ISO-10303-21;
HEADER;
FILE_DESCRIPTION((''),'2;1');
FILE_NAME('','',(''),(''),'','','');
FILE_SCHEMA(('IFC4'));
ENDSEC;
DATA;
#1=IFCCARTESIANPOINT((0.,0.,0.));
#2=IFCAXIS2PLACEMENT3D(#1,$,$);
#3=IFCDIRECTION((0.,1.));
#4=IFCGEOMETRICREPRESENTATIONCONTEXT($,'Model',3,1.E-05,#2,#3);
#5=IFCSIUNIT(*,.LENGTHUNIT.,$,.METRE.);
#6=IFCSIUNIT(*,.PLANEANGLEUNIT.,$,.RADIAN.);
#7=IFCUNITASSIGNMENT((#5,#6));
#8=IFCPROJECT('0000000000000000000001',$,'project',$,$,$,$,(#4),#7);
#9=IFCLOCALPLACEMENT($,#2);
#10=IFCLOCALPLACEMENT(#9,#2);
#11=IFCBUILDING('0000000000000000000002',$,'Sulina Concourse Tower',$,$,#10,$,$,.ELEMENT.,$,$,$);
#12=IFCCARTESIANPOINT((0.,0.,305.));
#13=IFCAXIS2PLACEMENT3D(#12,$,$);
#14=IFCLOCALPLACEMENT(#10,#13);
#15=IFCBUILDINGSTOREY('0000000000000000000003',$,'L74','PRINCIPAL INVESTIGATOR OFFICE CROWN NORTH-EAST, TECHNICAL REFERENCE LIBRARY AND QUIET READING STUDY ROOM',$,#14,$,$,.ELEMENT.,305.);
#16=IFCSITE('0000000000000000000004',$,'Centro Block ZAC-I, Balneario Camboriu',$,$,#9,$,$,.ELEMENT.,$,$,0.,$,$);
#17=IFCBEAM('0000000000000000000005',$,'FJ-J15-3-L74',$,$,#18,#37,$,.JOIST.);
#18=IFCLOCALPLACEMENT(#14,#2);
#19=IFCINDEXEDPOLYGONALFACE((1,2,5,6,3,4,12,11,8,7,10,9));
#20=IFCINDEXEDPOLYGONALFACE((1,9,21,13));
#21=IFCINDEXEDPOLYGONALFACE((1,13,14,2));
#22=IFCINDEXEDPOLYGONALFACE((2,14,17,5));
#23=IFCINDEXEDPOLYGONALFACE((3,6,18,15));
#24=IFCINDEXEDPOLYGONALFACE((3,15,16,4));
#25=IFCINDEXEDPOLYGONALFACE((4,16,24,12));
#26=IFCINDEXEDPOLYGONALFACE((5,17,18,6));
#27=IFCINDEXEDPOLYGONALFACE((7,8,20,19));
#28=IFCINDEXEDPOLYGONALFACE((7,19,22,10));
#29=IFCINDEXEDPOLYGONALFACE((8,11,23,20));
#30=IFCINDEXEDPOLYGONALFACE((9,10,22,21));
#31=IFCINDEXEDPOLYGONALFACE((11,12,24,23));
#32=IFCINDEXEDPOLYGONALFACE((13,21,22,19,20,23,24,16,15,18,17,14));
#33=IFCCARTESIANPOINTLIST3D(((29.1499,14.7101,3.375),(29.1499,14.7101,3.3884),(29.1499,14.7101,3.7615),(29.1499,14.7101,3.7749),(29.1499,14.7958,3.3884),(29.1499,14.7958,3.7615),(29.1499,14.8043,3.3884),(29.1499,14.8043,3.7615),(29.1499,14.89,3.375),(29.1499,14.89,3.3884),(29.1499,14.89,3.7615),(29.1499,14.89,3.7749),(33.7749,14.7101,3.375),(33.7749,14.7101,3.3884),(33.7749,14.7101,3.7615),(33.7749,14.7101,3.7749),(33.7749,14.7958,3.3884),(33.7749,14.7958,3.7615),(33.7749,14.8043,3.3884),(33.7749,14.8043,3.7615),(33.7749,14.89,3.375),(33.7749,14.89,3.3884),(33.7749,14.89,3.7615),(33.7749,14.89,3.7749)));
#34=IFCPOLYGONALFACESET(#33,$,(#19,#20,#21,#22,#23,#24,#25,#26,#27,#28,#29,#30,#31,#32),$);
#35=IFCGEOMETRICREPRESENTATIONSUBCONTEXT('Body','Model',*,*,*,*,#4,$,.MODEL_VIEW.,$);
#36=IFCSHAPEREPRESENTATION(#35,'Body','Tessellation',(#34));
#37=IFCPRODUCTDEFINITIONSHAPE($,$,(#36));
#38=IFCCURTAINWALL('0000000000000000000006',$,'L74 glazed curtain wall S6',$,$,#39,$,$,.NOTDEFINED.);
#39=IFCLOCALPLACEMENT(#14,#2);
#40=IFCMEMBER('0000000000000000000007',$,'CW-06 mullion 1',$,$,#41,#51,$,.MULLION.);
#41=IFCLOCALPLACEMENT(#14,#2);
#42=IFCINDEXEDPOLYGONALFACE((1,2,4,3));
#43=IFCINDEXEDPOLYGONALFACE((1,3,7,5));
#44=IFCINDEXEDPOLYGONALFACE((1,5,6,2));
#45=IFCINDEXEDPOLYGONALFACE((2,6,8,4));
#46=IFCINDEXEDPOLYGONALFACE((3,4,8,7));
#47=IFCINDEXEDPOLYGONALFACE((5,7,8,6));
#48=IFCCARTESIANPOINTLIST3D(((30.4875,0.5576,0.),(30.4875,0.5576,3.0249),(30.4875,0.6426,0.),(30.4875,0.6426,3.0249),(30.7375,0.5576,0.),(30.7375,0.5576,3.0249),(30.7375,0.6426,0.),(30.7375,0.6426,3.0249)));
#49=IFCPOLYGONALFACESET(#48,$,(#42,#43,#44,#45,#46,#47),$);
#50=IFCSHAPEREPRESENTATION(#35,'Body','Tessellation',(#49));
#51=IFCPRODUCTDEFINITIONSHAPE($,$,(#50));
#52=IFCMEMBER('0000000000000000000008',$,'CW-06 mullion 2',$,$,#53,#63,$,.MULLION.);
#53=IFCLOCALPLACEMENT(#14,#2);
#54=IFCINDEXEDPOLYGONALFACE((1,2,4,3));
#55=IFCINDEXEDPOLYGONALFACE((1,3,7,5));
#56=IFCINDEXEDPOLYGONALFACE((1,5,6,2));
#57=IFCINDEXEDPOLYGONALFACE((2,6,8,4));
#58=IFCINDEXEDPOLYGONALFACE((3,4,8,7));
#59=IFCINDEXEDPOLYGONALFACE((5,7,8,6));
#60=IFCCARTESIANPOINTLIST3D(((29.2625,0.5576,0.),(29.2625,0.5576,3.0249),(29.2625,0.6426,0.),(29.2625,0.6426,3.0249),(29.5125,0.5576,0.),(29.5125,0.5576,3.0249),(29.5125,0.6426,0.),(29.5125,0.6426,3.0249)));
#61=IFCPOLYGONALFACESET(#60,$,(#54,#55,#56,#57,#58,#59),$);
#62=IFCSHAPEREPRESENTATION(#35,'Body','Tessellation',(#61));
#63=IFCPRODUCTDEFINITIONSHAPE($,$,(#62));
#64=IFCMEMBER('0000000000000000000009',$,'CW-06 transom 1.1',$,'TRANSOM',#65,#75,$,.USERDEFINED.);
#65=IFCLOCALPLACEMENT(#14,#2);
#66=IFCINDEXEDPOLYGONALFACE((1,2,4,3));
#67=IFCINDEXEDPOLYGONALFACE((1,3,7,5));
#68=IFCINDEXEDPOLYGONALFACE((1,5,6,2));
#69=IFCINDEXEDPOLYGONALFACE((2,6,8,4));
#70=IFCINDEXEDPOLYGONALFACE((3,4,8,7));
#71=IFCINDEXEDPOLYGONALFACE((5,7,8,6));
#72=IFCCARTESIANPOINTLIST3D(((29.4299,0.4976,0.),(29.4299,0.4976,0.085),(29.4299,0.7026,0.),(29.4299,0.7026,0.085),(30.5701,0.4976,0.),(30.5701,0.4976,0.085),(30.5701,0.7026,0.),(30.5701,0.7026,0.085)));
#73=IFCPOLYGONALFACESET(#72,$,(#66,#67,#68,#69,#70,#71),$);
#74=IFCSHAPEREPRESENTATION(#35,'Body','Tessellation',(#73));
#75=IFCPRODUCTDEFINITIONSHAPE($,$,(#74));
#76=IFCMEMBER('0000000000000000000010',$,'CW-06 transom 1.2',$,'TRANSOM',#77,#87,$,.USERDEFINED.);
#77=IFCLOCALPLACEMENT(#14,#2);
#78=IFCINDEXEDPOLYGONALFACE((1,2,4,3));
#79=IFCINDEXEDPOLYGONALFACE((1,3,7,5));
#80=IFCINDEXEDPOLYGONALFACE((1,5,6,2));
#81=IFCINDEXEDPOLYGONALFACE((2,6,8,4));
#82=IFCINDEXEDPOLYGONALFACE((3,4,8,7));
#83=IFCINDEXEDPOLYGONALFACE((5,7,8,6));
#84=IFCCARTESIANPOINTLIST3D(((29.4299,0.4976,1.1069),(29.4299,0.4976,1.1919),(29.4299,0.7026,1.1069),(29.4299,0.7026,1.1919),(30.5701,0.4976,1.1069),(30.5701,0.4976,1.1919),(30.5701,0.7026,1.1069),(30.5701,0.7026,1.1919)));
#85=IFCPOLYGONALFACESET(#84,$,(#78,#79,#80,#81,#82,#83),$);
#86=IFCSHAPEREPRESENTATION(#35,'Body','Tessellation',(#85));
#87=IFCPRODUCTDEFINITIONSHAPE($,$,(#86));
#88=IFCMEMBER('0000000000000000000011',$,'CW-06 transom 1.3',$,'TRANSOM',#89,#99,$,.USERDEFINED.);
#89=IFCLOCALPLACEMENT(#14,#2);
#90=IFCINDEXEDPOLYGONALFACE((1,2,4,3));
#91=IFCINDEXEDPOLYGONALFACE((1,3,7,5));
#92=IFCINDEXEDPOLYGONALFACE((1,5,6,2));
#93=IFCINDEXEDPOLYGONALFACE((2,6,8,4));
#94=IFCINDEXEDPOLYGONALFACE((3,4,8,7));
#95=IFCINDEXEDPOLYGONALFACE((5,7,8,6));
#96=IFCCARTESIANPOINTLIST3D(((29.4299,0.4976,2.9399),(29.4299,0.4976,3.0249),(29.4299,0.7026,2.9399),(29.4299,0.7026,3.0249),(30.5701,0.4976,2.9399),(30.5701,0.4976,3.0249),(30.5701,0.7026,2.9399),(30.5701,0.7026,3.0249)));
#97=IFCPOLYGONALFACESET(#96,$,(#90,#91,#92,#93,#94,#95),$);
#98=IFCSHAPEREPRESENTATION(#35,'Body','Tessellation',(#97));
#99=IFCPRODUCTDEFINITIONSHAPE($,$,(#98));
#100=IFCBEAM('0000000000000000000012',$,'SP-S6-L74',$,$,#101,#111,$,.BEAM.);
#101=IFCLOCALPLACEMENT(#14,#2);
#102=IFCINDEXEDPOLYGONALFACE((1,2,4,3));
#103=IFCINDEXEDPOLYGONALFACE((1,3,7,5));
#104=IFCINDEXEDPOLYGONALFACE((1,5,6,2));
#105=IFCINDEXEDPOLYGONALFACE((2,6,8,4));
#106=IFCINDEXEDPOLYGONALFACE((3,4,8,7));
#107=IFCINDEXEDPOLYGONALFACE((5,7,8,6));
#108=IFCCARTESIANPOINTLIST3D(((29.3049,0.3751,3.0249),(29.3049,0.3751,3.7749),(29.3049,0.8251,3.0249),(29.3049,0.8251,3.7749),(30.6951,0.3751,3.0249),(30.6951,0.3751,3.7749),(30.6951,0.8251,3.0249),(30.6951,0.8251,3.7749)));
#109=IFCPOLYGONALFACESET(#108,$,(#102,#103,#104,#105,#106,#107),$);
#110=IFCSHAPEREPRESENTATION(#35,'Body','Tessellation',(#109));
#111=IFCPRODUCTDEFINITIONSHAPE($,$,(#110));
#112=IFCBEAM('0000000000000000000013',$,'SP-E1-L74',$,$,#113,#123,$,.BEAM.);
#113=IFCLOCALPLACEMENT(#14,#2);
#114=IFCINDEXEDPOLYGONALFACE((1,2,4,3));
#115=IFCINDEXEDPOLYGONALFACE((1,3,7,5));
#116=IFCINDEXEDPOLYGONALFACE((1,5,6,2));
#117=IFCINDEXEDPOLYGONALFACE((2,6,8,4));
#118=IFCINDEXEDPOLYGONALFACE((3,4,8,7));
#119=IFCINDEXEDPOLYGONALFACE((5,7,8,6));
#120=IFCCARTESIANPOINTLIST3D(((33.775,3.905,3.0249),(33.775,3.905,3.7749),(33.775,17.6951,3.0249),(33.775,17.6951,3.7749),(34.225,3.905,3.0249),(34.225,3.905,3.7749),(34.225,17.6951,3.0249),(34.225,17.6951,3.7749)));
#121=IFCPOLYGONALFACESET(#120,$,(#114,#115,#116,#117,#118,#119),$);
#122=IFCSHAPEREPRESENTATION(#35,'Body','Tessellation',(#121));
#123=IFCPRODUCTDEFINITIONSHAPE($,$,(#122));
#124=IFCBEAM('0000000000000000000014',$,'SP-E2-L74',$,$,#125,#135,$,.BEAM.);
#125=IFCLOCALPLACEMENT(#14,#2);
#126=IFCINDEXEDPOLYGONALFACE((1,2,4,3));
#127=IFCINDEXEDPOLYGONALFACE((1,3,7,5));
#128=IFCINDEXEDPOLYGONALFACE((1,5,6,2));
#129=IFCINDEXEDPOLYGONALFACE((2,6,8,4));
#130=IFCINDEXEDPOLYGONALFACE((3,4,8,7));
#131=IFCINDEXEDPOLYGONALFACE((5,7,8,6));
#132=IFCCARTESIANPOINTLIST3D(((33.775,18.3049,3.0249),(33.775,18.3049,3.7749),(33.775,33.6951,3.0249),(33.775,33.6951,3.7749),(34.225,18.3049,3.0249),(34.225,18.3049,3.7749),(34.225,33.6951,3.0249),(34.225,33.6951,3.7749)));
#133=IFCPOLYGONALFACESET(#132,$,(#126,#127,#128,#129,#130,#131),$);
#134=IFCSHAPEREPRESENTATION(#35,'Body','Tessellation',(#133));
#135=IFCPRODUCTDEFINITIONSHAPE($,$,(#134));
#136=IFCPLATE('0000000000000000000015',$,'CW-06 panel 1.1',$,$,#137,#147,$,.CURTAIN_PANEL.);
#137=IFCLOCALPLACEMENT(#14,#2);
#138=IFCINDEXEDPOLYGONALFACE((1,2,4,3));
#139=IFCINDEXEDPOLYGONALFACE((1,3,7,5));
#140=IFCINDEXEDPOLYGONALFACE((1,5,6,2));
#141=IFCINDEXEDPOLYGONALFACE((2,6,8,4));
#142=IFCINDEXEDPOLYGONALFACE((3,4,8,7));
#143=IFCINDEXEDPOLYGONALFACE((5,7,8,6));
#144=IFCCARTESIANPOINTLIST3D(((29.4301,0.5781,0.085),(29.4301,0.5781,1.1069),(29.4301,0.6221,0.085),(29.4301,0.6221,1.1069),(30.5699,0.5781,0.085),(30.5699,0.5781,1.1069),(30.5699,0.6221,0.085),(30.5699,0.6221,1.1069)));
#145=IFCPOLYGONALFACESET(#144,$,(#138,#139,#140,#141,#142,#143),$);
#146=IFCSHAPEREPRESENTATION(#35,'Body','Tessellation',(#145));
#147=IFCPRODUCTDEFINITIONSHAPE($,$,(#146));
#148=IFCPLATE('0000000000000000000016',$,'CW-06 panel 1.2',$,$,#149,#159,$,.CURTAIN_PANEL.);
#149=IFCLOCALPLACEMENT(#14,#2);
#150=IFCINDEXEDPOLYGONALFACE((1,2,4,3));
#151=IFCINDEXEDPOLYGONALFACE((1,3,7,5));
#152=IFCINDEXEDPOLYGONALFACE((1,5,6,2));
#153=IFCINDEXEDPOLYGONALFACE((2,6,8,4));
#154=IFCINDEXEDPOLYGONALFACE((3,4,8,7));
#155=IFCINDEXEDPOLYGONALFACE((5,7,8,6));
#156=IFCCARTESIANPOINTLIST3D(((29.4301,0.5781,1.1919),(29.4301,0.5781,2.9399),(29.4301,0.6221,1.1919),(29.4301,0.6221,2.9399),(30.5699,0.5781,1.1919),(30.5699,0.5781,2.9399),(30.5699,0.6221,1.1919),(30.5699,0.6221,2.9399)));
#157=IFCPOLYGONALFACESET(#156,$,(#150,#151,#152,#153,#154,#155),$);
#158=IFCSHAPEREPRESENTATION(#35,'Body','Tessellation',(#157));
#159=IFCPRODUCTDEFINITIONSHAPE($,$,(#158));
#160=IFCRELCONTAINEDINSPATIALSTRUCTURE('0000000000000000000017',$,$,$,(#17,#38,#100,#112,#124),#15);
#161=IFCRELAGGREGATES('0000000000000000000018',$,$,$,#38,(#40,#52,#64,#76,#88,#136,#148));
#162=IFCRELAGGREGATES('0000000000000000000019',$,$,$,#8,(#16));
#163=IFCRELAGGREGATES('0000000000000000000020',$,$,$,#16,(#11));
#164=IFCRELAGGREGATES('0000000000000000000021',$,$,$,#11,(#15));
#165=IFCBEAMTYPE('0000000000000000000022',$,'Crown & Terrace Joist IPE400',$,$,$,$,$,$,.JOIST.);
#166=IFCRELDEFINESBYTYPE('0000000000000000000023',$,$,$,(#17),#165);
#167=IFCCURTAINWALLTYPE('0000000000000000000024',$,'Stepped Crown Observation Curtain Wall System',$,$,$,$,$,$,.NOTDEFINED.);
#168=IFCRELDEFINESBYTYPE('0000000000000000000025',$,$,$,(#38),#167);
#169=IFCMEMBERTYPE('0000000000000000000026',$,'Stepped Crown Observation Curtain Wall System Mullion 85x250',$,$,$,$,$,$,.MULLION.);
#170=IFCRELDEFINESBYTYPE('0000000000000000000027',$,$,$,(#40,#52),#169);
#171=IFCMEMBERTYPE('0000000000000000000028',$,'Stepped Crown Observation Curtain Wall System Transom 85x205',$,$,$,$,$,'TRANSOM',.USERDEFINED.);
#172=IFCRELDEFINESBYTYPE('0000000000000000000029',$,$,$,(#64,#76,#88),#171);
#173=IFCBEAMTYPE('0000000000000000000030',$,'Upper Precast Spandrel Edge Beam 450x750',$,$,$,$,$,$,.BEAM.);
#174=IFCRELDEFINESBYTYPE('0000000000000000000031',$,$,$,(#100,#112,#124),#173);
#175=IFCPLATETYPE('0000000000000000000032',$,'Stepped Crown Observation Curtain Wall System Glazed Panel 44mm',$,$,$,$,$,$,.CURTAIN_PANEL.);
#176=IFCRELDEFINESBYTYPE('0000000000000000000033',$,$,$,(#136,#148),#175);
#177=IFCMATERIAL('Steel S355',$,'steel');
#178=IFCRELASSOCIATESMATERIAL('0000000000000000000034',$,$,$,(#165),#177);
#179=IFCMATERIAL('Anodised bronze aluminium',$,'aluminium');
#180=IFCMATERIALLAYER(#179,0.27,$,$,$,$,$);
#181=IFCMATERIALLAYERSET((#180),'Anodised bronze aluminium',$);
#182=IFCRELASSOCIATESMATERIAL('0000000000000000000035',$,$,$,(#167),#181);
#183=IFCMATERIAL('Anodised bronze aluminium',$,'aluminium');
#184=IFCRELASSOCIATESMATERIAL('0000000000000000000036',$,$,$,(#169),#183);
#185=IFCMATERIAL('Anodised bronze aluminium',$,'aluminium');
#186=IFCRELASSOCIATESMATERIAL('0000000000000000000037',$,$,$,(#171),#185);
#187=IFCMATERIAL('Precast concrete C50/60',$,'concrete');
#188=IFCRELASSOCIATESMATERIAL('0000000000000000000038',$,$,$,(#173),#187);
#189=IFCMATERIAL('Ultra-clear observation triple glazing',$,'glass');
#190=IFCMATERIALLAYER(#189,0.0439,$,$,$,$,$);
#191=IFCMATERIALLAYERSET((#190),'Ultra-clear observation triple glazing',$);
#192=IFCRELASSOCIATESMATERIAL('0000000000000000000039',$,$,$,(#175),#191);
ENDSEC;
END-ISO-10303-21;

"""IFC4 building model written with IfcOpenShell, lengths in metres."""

from ifc_helpers import new_model, si_unit, direction, frame, origin, origin_2d, place, context, subcontext, project, spatial, rectangle, i_section, extrude, material, layer, layer_set, material_profile, profile_set, type_object, element, aggregate, save


model = new_model("IFC4")

# Units and contexts
model_context = context("Model", 3, precision=1e-05, world=origin(), true_north=direction((0.0, 1.0)))
body_context = subcontext(model_context, "Body", "Model", "MODEL_VIEW")
ifc_project = project(units=[si_unit("LENGTHUNIT", "METRE"), si_unit("PLANEANGLEUNIT", "RADIAN")], contexts=[model_context])

# Site, building, storey
site_placement = place(None, origin())
site = spatial("IfcSite", under=ifc_project, at=site_placement, Name="Centro Block ZAC-I, Balneario Camboriu", CompositionType="ELEMENT", RefElevation=0.0)
building_placement = place(site_placement, origin())
building = spatial("IfcBuilding", under=site, at=building_placement, Name="Sulina Concourse Tower", CompositionType="ELEMENT")
storey_placement = place(building_placement, frame((0.0, 0.0, 305.0)))
storey = spatial("IfcBuildingStorey", under=building, at=storey_placement, Name="L74", Description="PRINCIPAL INVESTIGATOR OFFICE CROWN NORTH-EAST, TECHNICAL REFERENCE LIBRARY AND QUIET READING STUDY ROOM", CompositionType="ELEMENT", Elevation=305.0)

# Beam
ifc_material_1 = material(Name="Steel S355", Category="steel")
ifc_material_profile_1 = material_profile(ifc_material_1, i_section(OverallWidth=0.1799, OverallDepth=0.3999, WebThickness=0.0085, FlangeThickness=0.0134, at=origin_2d()), Name="IPE 400")
ifc_profile_set_1 = profile_set([ifc_material_profile_1], Name="Steel S355")
beam_type_1 = type_object("IfcBeamType", Name="Crown & Terrace Joist IPE400", PredefinedType="JOIST", material=ifc_profile_set_1)
for number, where, z_axis, x_axis, name in (
    (1, (29.1499, 14.8, 3.575), (1.0, 0.0, 0.0), (0.0, 1.0, 0.0), "FJ-J15-3-L74"),
):
    element("IfcBeam", number, at=place(storey_placement, frame(where, z_axis=z_axis, x_axis=x_axis)), inside=storey, type_object=beam_type_1, Name=name, PredefinedType="JOIST", context=body_context, shape_type="SweptSolid", body=[
        extrude(i_section(OverallWidth=0.1799, OverallDepth=0.3999, WebThickness=0.0085, FlangeThickness=0.0134, at=origin_2d()), origin(), (0.0, 0.0, 1.0), 4.625),
    ])

# Curtain wall, members
ifc_material_2 = material(Name="Anodised bronze aluminium", Category="aluminium")
ifc_layer_1 = layer(ifc_material_2, 0.27)
ifc_layer_set_1 = layer_set([ifc_layer_1], Name="Anodised bronze aluminium")
curtain_wall_type = type_object("IfcCurtainWallType", Name="Stepped Crown Observation Curtain Wall System", PredefinedType="NOTDEFINED", material=ifc_layer_set_1)
curtain_wall_placement = place(storey_placement, origin())
curtain_wall = element("IfcCurtainWall", 2, at=curtain_wall_placement, inside=storey, type_object=curtain_wall_type, Name="L74 glazed curtain wall S6", PredefinedType="NOTDEFINED")
ifc_material_3 = material(Name="Anodised bronze aluminium", Category="aluminium")
ifc_material_profile_2 = material_profile(ifc_material_3, rectangle(XDim=0.085, YDim=0.25, at=origin_2d()), Name="MUL 85x250")
ifc_profile_set_2 = profile_set([ifc_material_profile_2], Name="Anodised bronze aluminium")
member_type_1 = type_object("IfcMemberType", Name="Stepped Crown Observation Curtain Wall System Mullion 85x250", PredefinedType="MULLION", material=ifc_profile_set_2)
member_1_placement = place(storey_placement, frame((30.6125, 0.6001, 0.0), z_axis=(0.0, 0.0, 1.0), x_axis=(0.0, -1.0, 0.0)))
member_1 = element("IfcMember", 3, at=member_1_placement, type_object=member_type_1, Name="CW-06 mullion 1", PredefinedType="MULLION", context=body_context, shape_type="SweptSolid", body=[
    extrude(rectangle(XDim=0.085, YDim=0.25, at=origin_2d()), origin(), (0.0, 0.0, 1.0), 3.0249),
])
member_2_placement = place(storey_placement, frame((29.3875, 0.6001, 0.0), z_axis=(0.0, 0.0, 1.0), x_axis=(0.0, -1.0, 0.0)))
member_2 = element("IfcMember", 4, at=member_2_placement, type_object=member_type_1, Name="CW-06 mullion 2", PredefinedType="MULLION", context=body_context, shape_type="SweptSolid", body=[
    extrude(rectangle(XDim=0.085, YDim=0.25, at=origin_2d()), origin(), (0.0, 0.0, 1.0), 3.0249),
])
ifc_material_4 = material(Name="Anodised bronze aluminium", Category="aluminium")
ifc_material_profile_3 = material_profile(ifc_material_4, rectangle(XDim=0.2051, YDim=0.085, at=origin_2d()), Name="TRN 85x205")
ifc_profile_set_3 = profile_set([ifc_material_profile_3], Name="Anodised bronze aluminium")
member_type_2 = type_object("IfcMemberType", Name="Stepped Crown Observation Curtain Wall System Transom 85x205", ElementType="TRANSOM", PredefinedType="USERDEFINED", material=ifc_profile_set_3)
member_3_placement = place(storey_placement, frame((30.5701, 0.6001, 0.0425), z_axis=(-1.0, 0.0, 0.0), x_axis=(0.0, -1.0, 0.0)))
member_3 = element("IfcMember", 5, at=member_3_placement, type_object=member_type_2, Name="CW-06 transom 1.1", ObjectType="TRANSOM", PredefinedType="USERDEFINED", context=body_context, shape_type="SweptSolid", body=[
    extrude(rectangle(XDim=0.2051, YDim=0.085, at=origin_2d()), origin(), (0.0, 0.0, 1.0), 1.1401),
])
member_4_placement = place(storey_placement, frame((30.5701, 0.6001, 1.1494), z_axis=(-1.0, 0.0, 0.0), x_axis=(0.0, -1.0, 0.0)))
member_4 = element("IfcMember", 6, at=member_4_placement, type_object=member_type_2, Name="CW-06 transom 1.2", ObjectType="TRANSOM", PredefinedType="USERDEFINED", context=body_context, shape_type="SweptSolid", body=[
    extrude(rectangle(XDim=0.2051, YDim=0.085, at=origin_2d()), origin(), (0.0, 0.0, 1.0), 1.1401),
])
member_5_placement = place(storey_placement, frame((30.5701, 0.6001, 2.9824), z_axis=(-1.0, 0.0, 0.0), x_axis=(0.0, -1.0, 0.0)))
member_5 = element("IfcMember", 7, at=member_5_placement, type_object=member_type_2, Name="CW-06 transom 1.3", ObjectType="TRANSOM", PredefinedType="USERDEFINED", context=body_context, shape_type="SweptSolid", body=[
    extrude(rectangle(XDim=0.2051, YDim=0.085, at=origin_2d()), origin(), (0.0, 0.0, 1.0), 1.1401),
])

# Beams
ifc_material_5 = material(Name="Precast concrete C50/60", Category="concrete")
ifc_material_profile_4 = material_profile(ifc_material_5, rectangle(XDim=0.45, YDim=0.75, at=origin_2d()), Name="RC 450x750")
ifc_profile_set_4 = profile_set([ifc_material_profile_4], Name="Precast concrete C50/60")
beam_type_2 = type_object("IfcBeamType", Name="Upper Precast Spandrel Edge Beam 450x750", PredefinedType="BEAM", material=ifc_profile_set_4)
beam_1_placement = place(storey_placement, frame((29.3049, 0.6001, 3.3999), z_axis=(1.0, 0.0, 0.0), x_axis=(0.0, 1.0, 0.0)))
element("IfcBeam", 8, at=beam_1_placement, inside=storey, type_object=beam_type_2, Name="SP-S6-L74", PredefinedType="BEAM", context=body_context, shape_type="SweptSolid", body=[
    extrude(rectangle(XDim=0.45, YDim=0.75, at=origin_2d()), origin(), (0.0, 0.0, 1.0), 1.3901),
])
beam_2_placement = place(storey_placement, frame((34.0, 3.905, 3.3999), z_axis=(0.0, 1.0, 0.0), x_axis=(-1.0, 0.0, 0.0)))
element("IfcBeam", 9, at=beam_2_placement, inside=storey, type_object=beam_type_2, Name="SP-E1-L74", PredefinedType="BEAM", context=body_context, shape_type="SweptSolid", body=[
    extrude(rectangle(XDim=0.45, YDim=0.75, at=origin_2d()), origin(), (0.0, 0.0, 1.0), 13.79),
])
beam_3_placement = place(storey_placement, frame((34.0, 18.3049, 3.3999), z_axis=(0.0, 1.0, 0.0), x_axis=(-1.0, 0.0, 0.0)))
element("IfcBeam", 10, at=beam_3_placement, inside=storey, type_object=beam_type_2, Name="SP-E2-L74", PredefinedType="BEAM", context=body_context, shape_type="SweptSolid", body=[
    extrude(rectangle(XDim=0.45, YDim=0.75, at=origin_2d()), origin(), (0.0, 0.0, 1.0), 15.3901),
])

# Plates
ifc_material_6 = material(Name="Ultra-clear observation triple glazing", Category="glass")
ifc_layer_2 = layer(ifc_material_6, 0.0439)
ifc_layer_set_2 = layer_set([ifc_layer_2], Name="Ultra-clear observation triple glazing")
plate_type = type_object("IfcPlateType", Name="Stepped Crown Observation Curtain Wall System Glazed Panel 44mm", PredefinedType="CURTAIN_PANEL", material=ifc_layer_set_2)
plate_1_placement = place(storey_placement, frame((30.0, 0.6001, 0.085), z_axis=(0.0, 0.0, 1.0), x_axis=(-1.0, 0.0, 0.0)))
plate_1 = element("IfcPlate", 11, at=plate_1_placement, type_object=plate_type, Name="CW-06 panel 1.1", PredefinedType="CURTAIN_PANEL", context=body_context, shape_type="SweptSolid", body=[
    extrude(rectangle(XDim=1.1399, YDim=0.0439, at=origin_2d()), origin(), (0.0, 0.0, 1.0), 1.022),
])
plate_2_placement = place(storey_placement, frame((30.0, 0.6001, 1.1919), z_axis=(0.0, 0.0, 1.0), x_axis=(-1.0, 0.0, 0.0)))
plate_2 = element("IfcPlate", 12, at=plate_2_placement, type_object=plate_type, Name="CW-06 panel 1.2", PredefinedType="CURTAIN_PANEL", context=body_context, shape_type="SweptSolid", body=[
    extrude(rectangle(XDim=1.1399, YDim=0.0439, at=origin_2d()), origin(), (0.0, 0.0, 1.0), 1.748),
])
aggregate(curtain_wall, [member_1, member_2, member_3, member_4, member_5, plate_1, plate_2])

save(model, "model.ifc")
